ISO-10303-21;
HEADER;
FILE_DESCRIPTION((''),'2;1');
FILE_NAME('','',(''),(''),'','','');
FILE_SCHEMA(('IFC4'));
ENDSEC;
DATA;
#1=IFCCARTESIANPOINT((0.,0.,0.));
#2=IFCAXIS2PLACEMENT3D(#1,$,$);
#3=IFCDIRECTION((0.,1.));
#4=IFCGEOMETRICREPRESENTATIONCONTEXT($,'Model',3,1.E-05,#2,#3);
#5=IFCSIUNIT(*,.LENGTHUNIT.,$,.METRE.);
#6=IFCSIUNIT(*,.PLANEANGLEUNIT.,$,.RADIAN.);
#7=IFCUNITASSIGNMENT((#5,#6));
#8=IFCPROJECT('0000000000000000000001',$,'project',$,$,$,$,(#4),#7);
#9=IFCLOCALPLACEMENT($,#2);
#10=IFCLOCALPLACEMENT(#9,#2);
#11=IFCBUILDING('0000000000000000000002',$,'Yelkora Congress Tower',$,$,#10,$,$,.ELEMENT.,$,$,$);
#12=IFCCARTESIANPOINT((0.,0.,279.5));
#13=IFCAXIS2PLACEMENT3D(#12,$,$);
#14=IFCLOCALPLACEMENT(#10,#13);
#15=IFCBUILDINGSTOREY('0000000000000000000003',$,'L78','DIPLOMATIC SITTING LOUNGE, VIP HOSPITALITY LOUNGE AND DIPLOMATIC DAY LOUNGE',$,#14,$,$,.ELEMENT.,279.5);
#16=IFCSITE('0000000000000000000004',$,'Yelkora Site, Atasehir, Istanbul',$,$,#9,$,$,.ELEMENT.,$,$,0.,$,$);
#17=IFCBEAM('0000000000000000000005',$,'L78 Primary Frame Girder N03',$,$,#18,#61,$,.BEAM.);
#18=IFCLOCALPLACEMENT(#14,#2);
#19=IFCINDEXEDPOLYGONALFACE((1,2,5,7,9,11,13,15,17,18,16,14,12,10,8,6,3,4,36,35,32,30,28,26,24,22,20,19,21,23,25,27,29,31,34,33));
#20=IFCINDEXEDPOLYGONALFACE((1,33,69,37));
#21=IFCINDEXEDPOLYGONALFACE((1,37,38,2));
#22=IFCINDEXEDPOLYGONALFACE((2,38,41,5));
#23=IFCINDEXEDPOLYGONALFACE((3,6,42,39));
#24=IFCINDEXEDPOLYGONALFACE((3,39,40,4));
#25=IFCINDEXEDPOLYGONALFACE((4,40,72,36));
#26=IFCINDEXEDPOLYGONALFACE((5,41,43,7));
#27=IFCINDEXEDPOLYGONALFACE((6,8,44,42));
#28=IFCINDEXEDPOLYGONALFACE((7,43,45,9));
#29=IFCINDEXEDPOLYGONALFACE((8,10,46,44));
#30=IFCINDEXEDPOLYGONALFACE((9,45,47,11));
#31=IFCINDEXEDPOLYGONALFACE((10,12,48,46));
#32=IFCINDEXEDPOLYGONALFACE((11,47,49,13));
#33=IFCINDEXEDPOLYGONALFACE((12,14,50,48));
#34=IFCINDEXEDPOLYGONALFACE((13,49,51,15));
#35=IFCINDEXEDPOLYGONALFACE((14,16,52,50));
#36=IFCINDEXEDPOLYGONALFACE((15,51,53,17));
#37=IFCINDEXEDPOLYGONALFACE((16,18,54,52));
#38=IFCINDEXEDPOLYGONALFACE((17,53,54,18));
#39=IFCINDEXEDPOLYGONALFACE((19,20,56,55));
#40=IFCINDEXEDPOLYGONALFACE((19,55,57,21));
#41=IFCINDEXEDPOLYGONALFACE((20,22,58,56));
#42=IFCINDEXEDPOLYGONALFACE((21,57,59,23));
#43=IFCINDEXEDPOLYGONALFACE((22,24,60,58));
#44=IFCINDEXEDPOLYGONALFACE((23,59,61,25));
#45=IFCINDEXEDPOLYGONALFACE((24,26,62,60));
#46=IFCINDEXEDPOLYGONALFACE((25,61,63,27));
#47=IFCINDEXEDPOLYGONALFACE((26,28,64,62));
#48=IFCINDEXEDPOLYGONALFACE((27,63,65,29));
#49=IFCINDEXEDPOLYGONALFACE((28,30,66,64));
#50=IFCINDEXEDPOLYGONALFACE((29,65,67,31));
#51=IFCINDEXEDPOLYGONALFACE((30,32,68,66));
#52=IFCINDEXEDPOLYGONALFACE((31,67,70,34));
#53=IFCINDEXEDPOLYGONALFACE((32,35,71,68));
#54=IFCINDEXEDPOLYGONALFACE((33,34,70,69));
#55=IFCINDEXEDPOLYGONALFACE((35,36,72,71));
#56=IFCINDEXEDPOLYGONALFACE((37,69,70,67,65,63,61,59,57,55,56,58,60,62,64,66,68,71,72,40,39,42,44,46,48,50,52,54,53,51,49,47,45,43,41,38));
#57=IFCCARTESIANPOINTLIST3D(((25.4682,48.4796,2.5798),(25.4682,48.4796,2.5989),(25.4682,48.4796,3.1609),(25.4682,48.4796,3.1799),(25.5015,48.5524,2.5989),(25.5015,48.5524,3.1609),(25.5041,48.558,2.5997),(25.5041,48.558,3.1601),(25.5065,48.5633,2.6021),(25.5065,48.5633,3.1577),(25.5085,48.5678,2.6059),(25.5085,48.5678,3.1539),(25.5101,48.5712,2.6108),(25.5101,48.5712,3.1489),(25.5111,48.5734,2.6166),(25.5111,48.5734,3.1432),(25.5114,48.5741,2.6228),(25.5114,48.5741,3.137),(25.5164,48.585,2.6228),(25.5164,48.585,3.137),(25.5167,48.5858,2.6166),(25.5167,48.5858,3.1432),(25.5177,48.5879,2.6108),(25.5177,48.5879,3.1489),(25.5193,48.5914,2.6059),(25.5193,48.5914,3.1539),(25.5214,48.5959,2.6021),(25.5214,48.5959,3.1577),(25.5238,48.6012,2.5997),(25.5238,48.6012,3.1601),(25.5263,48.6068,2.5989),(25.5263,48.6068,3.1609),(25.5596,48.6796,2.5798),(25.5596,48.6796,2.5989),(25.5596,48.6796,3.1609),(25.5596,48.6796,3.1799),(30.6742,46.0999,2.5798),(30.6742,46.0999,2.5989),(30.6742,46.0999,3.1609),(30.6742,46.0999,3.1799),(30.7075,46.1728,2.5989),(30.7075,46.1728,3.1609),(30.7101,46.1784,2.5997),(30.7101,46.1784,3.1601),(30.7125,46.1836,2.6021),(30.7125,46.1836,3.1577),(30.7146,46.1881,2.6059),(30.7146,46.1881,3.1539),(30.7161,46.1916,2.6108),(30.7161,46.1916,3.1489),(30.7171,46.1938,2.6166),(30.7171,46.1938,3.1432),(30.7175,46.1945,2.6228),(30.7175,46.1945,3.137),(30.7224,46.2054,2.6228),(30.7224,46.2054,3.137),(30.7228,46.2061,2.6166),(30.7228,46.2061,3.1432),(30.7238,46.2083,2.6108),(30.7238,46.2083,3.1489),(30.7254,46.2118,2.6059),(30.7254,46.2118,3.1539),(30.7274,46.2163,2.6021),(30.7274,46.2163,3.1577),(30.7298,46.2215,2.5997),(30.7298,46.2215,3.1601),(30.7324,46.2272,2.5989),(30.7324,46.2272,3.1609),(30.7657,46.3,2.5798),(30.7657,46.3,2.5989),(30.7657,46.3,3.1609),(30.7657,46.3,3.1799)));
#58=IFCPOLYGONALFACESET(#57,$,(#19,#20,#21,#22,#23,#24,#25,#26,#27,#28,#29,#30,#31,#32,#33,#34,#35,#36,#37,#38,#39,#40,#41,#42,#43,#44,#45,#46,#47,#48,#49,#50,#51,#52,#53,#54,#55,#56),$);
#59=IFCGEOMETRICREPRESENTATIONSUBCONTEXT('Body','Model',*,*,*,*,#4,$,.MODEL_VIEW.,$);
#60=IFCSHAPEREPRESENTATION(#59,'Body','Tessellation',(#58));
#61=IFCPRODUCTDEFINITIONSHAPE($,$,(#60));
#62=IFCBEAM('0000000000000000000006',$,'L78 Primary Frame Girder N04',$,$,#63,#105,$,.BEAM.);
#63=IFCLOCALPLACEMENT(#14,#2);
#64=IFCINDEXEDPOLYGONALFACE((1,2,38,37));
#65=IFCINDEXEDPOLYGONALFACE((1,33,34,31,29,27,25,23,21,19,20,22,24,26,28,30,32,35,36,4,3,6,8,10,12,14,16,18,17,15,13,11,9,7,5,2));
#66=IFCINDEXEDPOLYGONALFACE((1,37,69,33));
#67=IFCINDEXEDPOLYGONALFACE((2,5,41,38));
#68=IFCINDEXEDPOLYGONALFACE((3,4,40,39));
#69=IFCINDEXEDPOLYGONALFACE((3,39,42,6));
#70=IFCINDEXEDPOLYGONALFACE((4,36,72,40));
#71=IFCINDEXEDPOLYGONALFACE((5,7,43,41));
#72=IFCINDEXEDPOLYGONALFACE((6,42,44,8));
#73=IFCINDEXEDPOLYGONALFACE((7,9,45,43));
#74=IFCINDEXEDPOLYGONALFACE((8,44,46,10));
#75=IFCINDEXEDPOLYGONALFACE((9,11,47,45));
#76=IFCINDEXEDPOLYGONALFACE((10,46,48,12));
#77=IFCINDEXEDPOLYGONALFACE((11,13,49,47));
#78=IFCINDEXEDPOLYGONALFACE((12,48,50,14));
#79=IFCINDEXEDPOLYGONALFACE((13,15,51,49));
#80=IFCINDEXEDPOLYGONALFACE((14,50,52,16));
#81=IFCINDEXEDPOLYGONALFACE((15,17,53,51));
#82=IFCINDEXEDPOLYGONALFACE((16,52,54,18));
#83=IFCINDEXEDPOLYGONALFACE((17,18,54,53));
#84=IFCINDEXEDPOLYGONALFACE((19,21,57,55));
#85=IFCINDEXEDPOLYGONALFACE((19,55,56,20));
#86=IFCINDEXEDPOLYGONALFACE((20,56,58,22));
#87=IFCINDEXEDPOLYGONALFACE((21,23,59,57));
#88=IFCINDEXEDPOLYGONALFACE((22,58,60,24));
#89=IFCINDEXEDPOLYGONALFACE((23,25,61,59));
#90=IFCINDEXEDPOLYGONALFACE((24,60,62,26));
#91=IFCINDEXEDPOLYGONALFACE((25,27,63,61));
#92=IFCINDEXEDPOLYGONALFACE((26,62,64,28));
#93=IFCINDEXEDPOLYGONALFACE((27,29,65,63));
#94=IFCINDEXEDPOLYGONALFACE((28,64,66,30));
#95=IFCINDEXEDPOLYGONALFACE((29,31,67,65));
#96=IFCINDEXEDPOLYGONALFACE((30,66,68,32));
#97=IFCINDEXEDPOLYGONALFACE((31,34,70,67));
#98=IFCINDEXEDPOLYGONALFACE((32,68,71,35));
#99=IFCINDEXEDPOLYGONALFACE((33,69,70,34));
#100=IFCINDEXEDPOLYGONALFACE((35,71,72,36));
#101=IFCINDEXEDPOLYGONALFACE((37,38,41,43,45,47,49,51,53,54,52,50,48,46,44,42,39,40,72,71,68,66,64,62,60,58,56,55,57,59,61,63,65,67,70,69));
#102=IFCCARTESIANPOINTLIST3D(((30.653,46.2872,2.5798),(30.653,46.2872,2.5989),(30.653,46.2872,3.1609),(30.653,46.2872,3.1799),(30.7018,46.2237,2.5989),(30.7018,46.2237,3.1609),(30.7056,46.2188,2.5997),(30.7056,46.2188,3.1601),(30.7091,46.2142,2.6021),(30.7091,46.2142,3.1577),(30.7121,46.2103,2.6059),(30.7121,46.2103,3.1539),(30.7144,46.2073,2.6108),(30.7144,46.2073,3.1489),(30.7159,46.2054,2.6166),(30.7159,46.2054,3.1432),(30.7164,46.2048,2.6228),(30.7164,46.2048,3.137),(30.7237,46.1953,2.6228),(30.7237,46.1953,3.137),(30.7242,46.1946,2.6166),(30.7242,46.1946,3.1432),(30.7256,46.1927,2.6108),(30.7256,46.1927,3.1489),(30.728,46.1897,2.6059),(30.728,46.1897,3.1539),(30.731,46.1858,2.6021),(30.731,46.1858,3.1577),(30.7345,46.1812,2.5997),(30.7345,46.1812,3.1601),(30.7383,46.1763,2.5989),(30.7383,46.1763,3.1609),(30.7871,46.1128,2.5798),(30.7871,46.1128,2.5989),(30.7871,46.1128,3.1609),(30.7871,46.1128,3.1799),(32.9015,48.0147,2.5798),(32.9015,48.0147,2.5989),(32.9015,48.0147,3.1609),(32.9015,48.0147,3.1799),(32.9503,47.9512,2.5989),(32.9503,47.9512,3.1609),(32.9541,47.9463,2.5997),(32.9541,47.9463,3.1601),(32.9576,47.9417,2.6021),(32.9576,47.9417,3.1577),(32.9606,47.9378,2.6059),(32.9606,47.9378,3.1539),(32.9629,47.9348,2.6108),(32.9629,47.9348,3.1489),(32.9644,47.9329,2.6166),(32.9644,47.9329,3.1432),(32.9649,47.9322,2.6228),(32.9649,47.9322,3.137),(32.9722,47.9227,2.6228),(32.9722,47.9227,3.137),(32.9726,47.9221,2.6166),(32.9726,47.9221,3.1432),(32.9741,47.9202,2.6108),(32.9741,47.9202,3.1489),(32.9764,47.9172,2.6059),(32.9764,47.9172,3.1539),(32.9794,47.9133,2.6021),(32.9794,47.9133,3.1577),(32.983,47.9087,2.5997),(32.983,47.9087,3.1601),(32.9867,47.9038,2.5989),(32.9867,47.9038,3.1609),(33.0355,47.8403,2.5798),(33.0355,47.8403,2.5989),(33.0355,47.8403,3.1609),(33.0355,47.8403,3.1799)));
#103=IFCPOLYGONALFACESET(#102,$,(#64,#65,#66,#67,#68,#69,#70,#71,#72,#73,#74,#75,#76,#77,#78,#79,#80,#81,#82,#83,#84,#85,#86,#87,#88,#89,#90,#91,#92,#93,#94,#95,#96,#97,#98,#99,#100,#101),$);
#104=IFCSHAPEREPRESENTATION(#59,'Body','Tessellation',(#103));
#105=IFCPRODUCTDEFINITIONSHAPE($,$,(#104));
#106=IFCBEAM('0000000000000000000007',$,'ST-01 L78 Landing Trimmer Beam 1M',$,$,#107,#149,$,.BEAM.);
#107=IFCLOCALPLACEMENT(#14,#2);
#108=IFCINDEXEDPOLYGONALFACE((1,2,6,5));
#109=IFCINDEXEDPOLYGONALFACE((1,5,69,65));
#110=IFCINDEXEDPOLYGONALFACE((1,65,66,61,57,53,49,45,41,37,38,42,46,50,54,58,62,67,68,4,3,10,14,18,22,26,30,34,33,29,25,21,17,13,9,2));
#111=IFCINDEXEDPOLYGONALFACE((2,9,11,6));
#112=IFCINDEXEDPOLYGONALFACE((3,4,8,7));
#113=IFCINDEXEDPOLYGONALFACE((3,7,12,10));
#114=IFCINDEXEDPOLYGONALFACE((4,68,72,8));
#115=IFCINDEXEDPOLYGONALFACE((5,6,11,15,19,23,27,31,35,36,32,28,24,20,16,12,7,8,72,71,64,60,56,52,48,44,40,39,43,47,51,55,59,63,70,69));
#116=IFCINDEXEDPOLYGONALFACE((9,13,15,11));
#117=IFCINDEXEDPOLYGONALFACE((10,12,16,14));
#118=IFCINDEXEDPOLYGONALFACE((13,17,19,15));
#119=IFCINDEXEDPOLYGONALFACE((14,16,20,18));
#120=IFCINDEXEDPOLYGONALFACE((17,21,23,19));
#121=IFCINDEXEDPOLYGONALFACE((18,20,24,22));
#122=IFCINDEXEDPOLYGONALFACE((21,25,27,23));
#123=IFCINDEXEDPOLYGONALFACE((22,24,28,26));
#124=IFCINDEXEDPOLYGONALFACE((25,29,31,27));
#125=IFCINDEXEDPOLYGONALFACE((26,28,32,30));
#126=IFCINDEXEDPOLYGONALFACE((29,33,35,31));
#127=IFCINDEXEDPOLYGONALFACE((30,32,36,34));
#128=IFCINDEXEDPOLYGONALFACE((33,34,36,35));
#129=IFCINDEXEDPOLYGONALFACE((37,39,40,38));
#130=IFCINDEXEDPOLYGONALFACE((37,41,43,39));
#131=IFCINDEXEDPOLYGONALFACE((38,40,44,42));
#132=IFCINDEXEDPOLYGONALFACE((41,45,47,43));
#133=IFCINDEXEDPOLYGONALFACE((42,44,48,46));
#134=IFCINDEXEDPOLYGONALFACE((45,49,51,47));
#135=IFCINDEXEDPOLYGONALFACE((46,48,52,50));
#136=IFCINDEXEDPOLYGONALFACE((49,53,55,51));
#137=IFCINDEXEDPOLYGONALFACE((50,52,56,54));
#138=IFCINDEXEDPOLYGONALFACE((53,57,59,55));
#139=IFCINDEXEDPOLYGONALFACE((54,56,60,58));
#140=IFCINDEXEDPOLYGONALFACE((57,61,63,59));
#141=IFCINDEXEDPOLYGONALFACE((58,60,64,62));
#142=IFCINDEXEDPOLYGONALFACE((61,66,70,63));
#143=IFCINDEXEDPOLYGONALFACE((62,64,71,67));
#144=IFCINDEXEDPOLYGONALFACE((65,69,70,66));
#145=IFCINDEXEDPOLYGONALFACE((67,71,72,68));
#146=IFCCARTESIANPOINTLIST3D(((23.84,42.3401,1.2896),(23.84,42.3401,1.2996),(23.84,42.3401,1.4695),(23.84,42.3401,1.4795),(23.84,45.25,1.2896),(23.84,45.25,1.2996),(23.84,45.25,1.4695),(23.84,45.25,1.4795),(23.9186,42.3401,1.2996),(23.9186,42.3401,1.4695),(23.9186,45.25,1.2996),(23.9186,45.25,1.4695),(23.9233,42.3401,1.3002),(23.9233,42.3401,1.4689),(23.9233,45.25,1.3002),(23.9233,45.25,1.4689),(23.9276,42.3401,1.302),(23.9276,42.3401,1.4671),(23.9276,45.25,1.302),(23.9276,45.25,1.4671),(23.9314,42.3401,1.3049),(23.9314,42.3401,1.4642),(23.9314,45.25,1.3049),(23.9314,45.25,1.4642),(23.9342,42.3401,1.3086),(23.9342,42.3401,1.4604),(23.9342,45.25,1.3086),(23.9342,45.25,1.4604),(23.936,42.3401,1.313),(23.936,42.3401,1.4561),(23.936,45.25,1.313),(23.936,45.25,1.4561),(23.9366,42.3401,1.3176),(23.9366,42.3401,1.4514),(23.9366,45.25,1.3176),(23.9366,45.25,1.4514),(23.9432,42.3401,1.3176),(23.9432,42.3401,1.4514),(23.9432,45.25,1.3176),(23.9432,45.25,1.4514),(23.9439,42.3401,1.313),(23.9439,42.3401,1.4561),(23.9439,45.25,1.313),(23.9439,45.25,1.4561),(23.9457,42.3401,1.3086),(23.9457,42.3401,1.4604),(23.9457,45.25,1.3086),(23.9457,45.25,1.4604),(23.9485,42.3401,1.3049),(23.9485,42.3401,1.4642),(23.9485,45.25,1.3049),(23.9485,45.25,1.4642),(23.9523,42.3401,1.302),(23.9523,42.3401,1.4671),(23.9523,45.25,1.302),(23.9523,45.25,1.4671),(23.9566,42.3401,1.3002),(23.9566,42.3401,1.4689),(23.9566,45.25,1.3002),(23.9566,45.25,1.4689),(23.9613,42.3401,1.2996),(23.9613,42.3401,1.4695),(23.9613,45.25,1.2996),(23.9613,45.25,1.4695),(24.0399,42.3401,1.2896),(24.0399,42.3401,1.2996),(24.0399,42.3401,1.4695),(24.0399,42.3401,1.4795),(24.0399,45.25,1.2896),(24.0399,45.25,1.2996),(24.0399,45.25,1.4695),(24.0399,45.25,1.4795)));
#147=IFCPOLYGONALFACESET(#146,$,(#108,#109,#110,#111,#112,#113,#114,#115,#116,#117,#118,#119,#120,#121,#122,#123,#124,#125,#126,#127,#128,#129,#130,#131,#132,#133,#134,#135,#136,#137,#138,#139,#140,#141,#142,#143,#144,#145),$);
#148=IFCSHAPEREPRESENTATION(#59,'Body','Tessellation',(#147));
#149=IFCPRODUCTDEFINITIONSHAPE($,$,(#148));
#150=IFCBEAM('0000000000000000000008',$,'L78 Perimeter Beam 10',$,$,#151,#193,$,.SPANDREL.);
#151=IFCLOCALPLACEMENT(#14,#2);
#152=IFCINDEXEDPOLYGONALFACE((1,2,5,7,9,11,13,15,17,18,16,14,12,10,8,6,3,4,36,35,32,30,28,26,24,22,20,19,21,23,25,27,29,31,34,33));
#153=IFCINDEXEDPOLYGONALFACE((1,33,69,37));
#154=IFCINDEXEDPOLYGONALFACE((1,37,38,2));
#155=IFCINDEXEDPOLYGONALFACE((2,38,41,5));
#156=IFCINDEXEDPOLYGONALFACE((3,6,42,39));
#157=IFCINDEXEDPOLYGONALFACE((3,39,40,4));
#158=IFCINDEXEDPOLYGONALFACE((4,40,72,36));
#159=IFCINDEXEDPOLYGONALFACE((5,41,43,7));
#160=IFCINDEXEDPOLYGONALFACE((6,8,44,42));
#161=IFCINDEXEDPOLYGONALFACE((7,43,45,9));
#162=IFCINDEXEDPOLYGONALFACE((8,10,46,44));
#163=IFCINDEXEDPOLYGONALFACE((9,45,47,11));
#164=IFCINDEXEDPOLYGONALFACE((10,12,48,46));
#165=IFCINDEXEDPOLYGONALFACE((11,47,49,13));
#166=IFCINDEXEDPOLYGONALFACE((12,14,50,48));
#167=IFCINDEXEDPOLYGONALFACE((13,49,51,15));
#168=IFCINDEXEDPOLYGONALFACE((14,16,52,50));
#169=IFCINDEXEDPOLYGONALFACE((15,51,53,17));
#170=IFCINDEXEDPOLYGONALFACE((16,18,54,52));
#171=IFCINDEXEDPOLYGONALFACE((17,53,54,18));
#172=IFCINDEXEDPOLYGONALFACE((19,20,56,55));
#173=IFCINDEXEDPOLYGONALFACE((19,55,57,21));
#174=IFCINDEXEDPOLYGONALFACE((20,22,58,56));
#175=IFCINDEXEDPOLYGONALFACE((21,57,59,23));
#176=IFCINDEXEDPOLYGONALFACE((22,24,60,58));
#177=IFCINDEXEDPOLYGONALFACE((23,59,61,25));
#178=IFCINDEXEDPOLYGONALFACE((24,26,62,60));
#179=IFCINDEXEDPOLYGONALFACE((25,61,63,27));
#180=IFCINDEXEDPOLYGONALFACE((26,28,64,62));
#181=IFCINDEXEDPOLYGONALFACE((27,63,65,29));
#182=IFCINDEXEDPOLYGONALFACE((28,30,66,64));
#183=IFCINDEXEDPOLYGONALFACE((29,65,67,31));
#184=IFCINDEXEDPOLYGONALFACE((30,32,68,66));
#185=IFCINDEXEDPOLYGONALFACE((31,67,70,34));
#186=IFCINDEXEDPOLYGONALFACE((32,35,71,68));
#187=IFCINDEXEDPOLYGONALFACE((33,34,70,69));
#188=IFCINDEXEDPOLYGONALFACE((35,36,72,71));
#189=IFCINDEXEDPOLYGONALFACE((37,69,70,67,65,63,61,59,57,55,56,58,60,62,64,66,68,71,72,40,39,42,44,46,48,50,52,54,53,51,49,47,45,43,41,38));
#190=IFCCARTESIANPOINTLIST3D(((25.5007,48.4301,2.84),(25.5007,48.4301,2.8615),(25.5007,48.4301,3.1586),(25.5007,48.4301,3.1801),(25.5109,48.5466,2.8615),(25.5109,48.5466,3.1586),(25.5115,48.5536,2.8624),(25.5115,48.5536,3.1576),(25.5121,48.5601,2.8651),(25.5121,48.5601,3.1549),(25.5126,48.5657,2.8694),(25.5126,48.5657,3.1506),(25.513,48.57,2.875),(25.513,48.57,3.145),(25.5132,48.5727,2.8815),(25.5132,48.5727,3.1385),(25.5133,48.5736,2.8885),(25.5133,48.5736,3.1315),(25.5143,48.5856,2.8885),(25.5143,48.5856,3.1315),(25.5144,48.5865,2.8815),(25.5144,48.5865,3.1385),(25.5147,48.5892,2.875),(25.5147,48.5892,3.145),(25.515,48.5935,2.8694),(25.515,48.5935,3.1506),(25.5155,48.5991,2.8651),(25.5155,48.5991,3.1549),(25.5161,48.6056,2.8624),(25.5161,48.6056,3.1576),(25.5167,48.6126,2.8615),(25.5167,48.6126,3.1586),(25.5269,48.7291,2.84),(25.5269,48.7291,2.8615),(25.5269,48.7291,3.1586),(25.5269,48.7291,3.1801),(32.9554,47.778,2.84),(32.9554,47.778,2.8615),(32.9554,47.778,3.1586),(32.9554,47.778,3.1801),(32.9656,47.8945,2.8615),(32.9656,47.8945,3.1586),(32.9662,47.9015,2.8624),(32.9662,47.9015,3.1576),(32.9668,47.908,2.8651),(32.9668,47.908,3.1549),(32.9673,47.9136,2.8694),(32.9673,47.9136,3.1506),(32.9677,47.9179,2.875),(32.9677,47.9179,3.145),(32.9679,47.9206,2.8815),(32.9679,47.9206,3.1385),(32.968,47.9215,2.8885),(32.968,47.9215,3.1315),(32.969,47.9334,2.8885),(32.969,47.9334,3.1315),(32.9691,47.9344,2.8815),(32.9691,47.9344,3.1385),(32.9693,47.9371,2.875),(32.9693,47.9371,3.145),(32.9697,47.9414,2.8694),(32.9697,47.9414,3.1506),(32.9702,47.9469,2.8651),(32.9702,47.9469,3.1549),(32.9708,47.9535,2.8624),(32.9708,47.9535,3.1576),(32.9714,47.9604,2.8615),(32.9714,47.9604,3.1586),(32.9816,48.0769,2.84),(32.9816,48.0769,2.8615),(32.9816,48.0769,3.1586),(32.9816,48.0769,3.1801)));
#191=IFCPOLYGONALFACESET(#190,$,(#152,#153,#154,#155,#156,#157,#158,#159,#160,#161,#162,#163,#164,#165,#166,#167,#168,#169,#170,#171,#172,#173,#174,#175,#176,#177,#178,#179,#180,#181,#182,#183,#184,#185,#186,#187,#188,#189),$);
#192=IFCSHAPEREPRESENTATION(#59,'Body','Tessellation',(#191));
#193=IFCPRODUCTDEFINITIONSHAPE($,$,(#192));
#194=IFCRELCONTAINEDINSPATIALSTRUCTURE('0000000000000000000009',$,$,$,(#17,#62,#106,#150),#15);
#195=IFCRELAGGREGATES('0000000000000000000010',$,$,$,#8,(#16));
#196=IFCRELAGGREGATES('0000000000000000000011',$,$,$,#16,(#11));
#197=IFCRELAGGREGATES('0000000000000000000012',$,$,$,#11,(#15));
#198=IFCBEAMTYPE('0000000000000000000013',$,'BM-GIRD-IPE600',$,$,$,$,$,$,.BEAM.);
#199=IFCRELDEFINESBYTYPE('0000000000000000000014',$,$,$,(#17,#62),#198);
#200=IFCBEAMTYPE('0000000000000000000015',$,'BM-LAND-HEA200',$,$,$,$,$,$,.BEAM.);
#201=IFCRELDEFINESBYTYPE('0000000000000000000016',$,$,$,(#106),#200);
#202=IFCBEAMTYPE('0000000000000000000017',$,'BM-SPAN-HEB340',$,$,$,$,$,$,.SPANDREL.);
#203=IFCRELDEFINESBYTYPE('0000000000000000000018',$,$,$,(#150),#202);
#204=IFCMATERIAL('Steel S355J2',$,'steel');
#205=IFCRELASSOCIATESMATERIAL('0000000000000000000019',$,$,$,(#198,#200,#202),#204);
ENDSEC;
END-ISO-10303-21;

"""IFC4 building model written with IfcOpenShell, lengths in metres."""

from ifc_helpers import new_model, si_unit, direction, frame, origin, origin_2d, place, context, subcontext, project, spatial, i_section, extrude, material, material_profile, profile_set, type_object, element, save


model = new_model("IFC4")

# Units and contexts
model_context = context("Model", 3, precision=1e-05, world=origin(), true_north=direction((0.0, 1.0)))
body_context = subcontext(model_context, "Body", "Model", "MODEL_VIEW")
ifc_project = project(units=[si_unit("LENGTHUNIT", "METRE"), si_unit("PLANEANGLEUNIT", "RADIAN")], contexts=[model_context])

# Site, building, storey
site_placement = place(None, origin())
site = spatial("IfcSite", under=ifc_project, at=site_placement, Name="Yelkora Site, Atasehir, Istanbul", CompositionType="ELEMENT", RefElevation=0.0)
building_placement = place(site_placement, origin())
building = spatial("IfcBuilding", under=site, at=building_placement, Name="Yelkora Congress Tower", CompositionType="ELEMENT")
storey_placement = place(building_placement, frame((0.0, 0.0, 279.5)))
storey = spatial("IfcBuildingStorey", under=building, at=storey_placement, Name="L78", Description="DIPLOMATIC SITTING LOUNGE, VIP HOSPITALITY LOUNGE AND DIPLOMATIC DAY LOUNGE", CompositionType="ELEMENT", Elevation=279.5)

# Shared definitions
ifc_material_1 = material(Name="Steel S355J2", Category="steel")

# Beams
ifc_material_profile_1 = material_profile(ifc_material_1, i_section(OverallWidth=0.22, OverallDepth=0.6001, WebThickness=0.012, FlangeThickness=0.019, FilletRadius=0.0239, at=origin_2d()), Name="IPE 600")
ifc_profile_set_1 = profile_set([ifc_material_profile_1], Name="Steel S355J2")
beam_type_1 = type_object("IfcBeamType", Name="BM-GIRD-IPE600", PredefinedType="BEAM", material=ifc_profile_set_1)
beam_1_placement = place(storey_placement, frame((25.5139, 48.5796, 2.8799), z_axis=(0.909492, -0.41572, 0.0), x_axis=(0.41572, 0.909492, 0.0)))
element("IfcBeam", 1, at=beam_1_placement, inside=storey, type_object=beam_type_1, Name="L78 Primary Frame Girder N03", PredefinedType="BEAM", context=body_context, shape_type="SweptSolid", body=[
    extrude(i_section(OverallWidth=0.22, OverallDepth=0.6001, WebThickness=0.012, FlangeThickness=0.019, FilletRadius=0.0239, at=origin_2d()), origin(), (0.0, 0.0, 1.0), 5.7241),
])
beam_2_placement = place(storey_placement, frame((32.9685, 47.9275, 2.8799), z_axis=(-0.792982, -0.609245, 0.0), x_axis=(0.609245, -0.792982, 0.0)))
element("IfcBeam", 2, at=beam_2_placement, inside=storey, type_object=beam_type_1, Name="L78 Primary Frame Girder N04", PredefinedType="BEAM", context=body_context, shape_type="SweptSolid", body=[
    extrude(i_section(OverallWidth=0.22, OverallDepth=0.6001, WebThickness=0.012, FlangeThickness=0.019, FilletRadius=0.0239, at=origin_2d()), origin(), (0.0, 0.0, 1.0), 2.8354),
])
ifc_material_profile_2 = material_profile(ifc_material_1, i_section(OverallWidth=0.2, OverallDepth=0.1899, WebThickness=0.0066, FlangeThickness=0.01, FilletRadius=0.0181, at=origin_2d()), Name="HEA 200")
ifc_profile_set_2 = profile_set([ifc_material_profile_2], Name="Steel S355J2")
beam_type_2 = type_object("IfcBeamType", Name="BM-LAND-HEA200", PredefinedType="BEAM", material=ifc_profile_set_2)
beam_3_placement = place(storey_placement, frame((23.9399, 42.3401, 1.3845), z_axis=(0.0, 1.0, 0.0), x_axis=(-1.0, 0.0, 0.0)))
element("IfcBeam", 3, at=beam_3_placement, inside=storey, type_object=beam_type_2, Name="ST-01 L78 Landing Trimmer Beam 1M", PredefinedType="BEAM", context=body_context, shape_type="SweptSolid", body=[
    extrude(i_section(OverallWidth=0.2, OverallDepth=0.1899, WebThickness=0.0066, FlangeThickness=0.01, FilletRadius=0.0181, at=origin_2d()), origin(), (0.0, 0.0, 1.0), 2.9099),
])
ifc_material_profile_3 = material_profile(ifc_material_1, i_section(OverallWidth=0.3, OverallDepth=0.3401, WebThickness=0.012, FlangeThickness=0.0215, FilletRadius=0.0271, at=origin_2d()), Name="HEB 340")
ifc_profile_set_3 = profile_set([ifc_material_profile_3], Name="Steel S355J2")
beam_type_3 = type_object("IfcBeamType", Name="BM-SPAN-HEB340", PredefinedType="SPANDREL", material=ifc_profile_set_3)
beam_4_placement = place(storey_placement, frame((32.9685, 47.9275, 3.01), z_axis=(-0.996196, 0.087143, 0.0), x_axis=(-0.087143, -0.996196, 0.0)))
element("IfcBeam", 4, at=beam_4_placement, inside=storey, type_object=beam_type_3, Name="L78 Perimeter Beam 10", PredefinedType="SPANDREL", context=body_context, shape_type="SweptSolid", body=[
    extrude(i_section(OverallWidth=0.3, OverallDepth=0.3401, WebThickness=0.012, FlangeThickness=0.0215, FilletRadius=0.0271, at=origin_2d()), origin(), (0.0, 0.0, 1.0), 7.4832),
])

save(model, "model.ifc")
